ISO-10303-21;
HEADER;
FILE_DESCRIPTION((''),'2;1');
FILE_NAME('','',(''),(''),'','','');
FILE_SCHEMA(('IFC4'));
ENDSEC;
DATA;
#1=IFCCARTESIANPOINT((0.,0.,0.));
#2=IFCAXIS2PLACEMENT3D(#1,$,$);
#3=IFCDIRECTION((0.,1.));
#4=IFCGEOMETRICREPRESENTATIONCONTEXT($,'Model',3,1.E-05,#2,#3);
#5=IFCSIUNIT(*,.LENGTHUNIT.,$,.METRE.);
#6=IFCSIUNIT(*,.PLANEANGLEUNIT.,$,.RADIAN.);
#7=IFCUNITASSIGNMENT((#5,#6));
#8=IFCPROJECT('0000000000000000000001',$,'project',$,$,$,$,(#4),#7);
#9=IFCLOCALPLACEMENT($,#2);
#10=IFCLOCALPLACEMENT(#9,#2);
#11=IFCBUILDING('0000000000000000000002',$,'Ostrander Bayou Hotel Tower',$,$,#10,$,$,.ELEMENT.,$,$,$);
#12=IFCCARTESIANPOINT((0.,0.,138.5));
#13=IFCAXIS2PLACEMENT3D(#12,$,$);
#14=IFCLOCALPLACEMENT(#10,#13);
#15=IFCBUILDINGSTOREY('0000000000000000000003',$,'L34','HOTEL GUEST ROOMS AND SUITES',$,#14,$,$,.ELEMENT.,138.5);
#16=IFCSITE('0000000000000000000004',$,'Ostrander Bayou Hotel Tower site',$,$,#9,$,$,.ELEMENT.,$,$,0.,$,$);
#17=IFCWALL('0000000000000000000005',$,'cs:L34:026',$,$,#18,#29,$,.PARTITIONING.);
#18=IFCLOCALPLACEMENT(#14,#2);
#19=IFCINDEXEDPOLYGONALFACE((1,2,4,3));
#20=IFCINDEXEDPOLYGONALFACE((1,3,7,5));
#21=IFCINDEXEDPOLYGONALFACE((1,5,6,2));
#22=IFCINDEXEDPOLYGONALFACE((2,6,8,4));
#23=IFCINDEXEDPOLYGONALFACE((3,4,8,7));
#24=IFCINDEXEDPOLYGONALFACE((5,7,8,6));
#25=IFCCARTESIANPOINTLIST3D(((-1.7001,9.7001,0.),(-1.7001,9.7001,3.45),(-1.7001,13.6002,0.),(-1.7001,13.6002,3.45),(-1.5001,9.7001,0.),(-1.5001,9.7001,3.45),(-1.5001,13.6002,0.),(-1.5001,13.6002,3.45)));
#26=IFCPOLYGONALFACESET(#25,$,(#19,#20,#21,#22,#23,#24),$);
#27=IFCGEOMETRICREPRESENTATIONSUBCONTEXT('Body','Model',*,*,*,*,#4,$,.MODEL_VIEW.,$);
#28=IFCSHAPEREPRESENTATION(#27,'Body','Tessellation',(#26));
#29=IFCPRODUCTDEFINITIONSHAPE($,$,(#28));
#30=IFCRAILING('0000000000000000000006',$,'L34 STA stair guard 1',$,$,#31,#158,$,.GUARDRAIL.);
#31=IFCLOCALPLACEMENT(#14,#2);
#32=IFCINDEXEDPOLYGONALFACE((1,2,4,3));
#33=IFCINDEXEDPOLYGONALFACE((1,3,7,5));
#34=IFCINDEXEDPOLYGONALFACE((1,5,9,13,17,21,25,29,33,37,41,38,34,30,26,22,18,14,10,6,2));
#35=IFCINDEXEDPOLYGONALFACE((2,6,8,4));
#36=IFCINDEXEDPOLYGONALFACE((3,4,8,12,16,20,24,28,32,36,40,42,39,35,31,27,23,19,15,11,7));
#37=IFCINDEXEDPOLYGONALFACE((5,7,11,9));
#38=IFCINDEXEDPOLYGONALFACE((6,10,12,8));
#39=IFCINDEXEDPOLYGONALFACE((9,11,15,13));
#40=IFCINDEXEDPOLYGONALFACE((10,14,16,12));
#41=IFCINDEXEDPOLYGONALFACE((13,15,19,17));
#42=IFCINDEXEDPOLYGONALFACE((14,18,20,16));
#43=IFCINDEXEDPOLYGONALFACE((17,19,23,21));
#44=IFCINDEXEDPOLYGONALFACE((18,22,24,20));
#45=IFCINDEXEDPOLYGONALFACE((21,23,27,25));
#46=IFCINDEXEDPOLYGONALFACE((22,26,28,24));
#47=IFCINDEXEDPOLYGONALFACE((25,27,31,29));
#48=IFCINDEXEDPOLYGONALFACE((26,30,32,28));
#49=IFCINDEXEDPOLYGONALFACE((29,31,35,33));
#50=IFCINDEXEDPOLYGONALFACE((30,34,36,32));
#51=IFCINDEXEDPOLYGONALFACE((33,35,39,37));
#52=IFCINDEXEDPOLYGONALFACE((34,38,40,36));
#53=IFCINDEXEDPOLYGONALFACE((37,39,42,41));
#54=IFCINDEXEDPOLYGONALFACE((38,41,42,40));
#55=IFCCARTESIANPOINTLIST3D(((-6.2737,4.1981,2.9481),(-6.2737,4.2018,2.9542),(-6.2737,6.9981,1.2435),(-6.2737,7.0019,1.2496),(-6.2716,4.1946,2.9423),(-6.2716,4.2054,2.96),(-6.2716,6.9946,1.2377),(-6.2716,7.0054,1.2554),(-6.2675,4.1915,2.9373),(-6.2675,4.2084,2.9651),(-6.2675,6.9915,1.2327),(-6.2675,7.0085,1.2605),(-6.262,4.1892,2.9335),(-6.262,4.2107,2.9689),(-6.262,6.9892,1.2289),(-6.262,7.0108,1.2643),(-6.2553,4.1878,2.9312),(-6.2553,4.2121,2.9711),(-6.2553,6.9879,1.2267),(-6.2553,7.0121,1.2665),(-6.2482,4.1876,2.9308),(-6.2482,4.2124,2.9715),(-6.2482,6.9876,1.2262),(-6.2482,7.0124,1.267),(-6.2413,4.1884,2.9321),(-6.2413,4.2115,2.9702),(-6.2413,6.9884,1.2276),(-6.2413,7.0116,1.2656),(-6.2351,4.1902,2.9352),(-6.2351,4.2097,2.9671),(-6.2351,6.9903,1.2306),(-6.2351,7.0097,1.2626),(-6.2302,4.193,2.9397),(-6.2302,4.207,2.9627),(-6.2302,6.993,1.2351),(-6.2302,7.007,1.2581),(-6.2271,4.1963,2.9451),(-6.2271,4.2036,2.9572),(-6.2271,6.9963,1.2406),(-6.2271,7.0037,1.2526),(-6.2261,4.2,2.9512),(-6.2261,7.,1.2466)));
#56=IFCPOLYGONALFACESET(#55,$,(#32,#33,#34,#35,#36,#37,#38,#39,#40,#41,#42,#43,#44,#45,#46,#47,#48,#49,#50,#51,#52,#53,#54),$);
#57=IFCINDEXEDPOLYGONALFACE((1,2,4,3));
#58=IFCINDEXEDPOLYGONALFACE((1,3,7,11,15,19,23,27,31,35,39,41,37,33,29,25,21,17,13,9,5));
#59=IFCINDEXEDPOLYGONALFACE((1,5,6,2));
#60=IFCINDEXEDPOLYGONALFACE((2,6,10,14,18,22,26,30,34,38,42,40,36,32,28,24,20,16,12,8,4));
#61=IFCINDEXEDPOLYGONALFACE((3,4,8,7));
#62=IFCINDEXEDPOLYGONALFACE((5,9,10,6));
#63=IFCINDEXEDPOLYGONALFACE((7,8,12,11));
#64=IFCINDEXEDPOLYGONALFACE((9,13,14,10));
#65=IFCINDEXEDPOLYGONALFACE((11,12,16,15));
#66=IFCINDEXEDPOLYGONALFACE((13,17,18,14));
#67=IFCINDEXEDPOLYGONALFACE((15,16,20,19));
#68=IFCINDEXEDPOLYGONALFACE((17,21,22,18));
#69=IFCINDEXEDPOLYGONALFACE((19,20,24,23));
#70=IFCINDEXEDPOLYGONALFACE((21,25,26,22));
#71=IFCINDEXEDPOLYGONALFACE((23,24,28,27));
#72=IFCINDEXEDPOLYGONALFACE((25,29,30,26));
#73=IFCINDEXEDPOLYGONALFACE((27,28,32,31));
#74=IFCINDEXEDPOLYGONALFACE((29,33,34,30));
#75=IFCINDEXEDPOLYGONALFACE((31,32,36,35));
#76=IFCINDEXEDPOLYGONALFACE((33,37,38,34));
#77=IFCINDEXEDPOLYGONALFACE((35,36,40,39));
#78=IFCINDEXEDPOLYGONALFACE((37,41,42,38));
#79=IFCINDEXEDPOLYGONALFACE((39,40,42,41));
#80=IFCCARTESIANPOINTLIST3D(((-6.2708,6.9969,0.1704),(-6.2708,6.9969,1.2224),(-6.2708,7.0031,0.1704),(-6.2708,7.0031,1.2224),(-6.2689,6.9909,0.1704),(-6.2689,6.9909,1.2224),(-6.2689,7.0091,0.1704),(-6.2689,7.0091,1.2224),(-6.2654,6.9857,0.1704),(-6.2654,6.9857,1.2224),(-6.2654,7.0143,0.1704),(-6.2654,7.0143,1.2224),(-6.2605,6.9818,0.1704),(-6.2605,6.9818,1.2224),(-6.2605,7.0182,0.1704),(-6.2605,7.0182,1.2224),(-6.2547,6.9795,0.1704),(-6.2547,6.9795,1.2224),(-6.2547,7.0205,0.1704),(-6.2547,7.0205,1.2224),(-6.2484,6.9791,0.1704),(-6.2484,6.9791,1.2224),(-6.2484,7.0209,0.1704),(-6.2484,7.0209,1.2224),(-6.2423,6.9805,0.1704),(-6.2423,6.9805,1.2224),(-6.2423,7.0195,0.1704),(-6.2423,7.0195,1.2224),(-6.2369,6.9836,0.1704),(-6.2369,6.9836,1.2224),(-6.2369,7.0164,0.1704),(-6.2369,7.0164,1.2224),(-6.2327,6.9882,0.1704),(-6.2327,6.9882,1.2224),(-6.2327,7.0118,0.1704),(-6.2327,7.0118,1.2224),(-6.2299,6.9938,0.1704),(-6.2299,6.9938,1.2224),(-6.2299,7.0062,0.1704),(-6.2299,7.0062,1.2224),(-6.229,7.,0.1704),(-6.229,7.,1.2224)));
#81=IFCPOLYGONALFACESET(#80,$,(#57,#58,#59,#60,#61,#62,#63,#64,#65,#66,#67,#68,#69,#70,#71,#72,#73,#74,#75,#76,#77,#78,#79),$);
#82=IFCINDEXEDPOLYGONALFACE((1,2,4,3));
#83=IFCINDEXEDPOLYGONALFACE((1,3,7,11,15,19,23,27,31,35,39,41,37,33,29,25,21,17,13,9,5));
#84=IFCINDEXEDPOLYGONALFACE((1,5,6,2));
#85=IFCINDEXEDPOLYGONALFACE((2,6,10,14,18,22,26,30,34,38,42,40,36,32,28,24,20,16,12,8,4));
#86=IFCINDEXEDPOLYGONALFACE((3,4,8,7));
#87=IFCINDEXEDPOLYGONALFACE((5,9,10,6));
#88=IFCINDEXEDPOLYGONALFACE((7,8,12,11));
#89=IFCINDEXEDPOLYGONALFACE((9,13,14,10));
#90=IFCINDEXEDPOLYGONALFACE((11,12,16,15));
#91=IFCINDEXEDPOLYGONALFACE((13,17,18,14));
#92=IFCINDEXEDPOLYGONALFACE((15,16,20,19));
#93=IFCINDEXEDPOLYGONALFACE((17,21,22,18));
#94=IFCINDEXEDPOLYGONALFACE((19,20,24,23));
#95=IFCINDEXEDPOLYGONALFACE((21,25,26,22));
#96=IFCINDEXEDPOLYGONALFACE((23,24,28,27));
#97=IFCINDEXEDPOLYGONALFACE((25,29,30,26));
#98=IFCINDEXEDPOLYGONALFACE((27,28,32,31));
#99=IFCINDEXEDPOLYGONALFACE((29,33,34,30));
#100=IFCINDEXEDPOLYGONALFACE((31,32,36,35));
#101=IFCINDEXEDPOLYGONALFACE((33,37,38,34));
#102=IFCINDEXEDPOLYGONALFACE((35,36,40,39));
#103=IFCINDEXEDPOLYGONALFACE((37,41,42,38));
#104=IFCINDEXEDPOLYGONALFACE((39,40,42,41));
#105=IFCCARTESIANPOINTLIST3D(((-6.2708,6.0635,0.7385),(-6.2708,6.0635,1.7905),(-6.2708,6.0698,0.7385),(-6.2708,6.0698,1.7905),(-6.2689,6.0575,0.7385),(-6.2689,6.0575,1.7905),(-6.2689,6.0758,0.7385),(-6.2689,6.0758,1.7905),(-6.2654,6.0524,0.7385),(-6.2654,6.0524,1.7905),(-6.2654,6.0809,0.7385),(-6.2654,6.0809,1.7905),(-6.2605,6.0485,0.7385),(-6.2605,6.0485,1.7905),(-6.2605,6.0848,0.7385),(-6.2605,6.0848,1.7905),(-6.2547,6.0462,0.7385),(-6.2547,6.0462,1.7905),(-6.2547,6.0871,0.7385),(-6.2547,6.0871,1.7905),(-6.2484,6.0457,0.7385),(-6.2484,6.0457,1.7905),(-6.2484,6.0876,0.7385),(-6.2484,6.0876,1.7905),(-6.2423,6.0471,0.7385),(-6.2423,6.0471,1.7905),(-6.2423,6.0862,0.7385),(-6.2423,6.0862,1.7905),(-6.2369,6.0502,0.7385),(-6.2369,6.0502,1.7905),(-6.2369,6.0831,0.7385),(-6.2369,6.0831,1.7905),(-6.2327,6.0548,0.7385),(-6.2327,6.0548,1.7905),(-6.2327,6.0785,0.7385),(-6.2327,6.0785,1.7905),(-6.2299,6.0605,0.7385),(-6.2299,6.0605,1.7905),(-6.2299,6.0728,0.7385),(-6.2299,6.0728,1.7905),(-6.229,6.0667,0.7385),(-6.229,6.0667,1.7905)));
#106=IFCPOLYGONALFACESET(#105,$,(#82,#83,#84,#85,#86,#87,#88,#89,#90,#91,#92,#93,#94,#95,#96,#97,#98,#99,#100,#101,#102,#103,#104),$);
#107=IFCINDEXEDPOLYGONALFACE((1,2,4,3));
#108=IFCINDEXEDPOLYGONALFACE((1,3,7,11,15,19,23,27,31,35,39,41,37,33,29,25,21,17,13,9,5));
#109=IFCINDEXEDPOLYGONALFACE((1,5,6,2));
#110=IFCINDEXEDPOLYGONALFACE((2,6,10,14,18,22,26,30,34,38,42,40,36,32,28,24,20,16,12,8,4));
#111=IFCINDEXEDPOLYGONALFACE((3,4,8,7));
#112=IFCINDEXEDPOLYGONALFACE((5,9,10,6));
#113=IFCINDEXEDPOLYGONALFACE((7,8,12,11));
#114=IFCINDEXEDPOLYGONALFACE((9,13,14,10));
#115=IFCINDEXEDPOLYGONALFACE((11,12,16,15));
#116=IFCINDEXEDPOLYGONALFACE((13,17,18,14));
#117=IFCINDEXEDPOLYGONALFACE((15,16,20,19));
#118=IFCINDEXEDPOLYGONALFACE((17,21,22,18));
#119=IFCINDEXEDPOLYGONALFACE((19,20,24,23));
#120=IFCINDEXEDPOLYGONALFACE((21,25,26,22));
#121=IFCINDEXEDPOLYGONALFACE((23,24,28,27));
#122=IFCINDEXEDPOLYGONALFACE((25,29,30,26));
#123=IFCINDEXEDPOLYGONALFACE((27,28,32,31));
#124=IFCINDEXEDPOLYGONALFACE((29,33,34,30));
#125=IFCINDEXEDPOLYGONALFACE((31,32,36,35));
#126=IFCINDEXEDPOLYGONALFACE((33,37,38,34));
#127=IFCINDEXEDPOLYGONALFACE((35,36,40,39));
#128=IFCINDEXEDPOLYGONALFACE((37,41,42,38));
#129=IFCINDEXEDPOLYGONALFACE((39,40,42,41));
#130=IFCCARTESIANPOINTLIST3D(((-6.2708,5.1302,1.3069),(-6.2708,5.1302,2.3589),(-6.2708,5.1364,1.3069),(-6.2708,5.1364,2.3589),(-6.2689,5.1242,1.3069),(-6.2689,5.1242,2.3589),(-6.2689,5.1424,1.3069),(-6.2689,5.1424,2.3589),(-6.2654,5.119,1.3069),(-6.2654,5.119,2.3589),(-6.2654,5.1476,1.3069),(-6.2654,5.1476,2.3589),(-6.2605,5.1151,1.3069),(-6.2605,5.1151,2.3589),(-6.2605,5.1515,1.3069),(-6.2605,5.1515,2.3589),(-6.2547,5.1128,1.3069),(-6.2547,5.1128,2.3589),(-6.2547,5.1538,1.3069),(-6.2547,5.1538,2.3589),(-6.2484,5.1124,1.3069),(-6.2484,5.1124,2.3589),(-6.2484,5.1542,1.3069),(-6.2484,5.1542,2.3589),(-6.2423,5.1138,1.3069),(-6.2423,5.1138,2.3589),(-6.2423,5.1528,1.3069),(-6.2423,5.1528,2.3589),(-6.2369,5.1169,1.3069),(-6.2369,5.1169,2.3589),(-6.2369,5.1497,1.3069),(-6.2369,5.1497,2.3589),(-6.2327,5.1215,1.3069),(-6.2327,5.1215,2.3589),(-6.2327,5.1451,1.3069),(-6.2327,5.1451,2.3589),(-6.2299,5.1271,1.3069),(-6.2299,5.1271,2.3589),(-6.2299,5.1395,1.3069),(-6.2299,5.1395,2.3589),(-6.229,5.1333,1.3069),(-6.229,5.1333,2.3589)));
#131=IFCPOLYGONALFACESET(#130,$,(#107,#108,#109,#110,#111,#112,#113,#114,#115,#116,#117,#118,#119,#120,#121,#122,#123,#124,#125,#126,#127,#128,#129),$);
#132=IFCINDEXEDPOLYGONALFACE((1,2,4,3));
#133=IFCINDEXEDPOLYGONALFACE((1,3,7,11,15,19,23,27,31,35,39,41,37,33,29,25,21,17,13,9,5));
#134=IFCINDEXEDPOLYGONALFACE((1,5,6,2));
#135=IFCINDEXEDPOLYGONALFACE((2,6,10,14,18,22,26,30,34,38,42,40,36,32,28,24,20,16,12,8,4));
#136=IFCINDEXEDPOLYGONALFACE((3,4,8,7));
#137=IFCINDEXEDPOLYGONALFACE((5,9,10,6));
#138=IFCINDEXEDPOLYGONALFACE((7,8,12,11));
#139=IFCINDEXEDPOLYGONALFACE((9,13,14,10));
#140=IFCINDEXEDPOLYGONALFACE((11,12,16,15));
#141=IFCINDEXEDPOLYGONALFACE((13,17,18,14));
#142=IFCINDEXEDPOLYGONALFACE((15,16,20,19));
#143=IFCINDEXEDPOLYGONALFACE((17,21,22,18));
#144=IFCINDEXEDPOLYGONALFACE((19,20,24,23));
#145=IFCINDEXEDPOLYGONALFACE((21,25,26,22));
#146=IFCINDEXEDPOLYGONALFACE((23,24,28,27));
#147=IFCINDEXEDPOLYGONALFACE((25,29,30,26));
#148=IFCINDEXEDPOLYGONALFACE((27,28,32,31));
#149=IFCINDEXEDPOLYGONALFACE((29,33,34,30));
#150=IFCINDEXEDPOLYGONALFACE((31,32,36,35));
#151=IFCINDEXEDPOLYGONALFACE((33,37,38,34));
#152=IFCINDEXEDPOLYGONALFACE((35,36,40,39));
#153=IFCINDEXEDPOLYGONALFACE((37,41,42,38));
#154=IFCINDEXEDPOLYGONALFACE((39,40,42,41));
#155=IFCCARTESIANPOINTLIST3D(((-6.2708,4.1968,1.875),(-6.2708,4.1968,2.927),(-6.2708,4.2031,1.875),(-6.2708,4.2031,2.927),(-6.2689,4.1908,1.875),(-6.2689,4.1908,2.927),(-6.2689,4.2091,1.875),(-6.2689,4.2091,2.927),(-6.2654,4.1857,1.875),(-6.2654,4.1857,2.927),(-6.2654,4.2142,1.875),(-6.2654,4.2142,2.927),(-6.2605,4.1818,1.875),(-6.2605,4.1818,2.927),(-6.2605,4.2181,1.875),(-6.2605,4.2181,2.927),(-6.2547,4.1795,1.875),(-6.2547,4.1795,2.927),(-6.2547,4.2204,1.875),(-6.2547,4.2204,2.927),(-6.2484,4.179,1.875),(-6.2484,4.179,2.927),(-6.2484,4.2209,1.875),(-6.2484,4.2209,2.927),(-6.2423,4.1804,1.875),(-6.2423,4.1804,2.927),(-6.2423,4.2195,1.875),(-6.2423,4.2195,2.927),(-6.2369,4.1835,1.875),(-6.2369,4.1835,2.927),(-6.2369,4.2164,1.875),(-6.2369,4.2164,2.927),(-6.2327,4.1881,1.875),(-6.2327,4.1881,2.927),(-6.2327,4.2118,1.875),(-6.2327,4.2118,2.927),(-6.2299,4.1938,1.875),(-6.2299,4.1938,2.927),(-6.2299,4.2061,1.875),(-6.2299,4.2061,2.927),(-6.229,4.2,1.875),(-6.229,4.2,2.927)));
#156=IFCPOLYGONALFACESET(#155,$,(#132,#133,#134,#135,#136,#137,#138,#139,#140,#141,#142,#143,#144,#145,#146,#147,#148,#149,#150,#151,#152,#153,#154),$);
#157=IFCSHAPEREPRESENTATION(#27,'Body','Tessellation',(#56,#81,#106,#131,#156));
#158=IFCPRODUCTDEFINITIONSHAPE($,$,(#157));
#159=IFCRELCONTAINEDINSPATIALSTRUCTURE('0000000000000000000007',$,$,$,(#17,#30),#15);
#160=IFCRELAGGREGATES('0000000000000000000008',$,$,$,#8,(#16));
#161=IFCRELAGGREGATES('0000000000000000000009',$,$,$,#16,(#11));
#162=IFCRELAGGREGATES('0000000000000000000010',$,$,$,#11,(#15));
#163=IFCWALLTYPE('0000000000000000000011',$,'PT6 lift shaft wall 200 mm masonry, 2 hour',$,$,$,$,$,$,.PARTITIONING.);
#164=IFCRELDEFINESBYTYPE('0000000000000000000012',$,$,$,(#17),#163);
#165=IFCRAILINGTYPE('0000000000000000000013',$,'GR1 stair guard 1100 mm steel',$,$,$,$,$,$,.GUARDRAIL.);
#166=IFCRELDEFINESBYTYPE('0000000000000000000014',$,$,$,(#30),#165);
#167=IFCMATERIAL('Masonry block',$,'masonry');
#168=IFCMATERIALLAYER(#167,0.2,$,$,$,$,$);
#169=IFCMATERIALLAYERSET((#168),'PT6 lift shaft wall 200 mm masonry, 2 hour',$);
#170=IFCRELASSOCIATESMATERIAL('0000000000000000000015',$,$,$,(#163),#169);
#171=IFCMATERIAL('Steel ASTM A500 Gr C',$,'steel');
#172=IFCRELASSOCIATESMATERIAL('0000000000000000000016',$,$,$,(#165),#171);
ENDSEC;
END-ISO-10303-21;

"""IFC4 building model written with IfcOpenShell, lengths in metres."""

from ifc_helpers import new_model, si_unit, direction, frame, frame_2d, origin, origin_2d, place, context, subcontext, project, spatial, rectangle, circle, extrude, material, layer, layer_set, type_object, element, save


model = new_model("IFC4")

# Units and contexts
model_context = context("Model", 3, precision=1e-05, world=origin(), true_north=direction((0.0, 1.0)))
body_context = subcontext(model_context, "Body", "Model", "MODEL_VIEW")
ifc_project = project(units=[si_unit("LENGTHUNIT", "METRE"), si_unit("PLANEANGLEUNIT", "RADIAN")], contexts=[model_context])

# Site, building, storey
site_placement = place(None, origin())
site = spatial("IfcSite", under=ifc_project, at=site_placement, Name="Ostrander Bayou Hotel Tower site", CompositionType="ELEMENT", RefElevation=0.0)
building_placement = place(site_placement, origin())
building = spatial("IfcBuilding", under=site, at=building_placement, Name="Ostrander Bayou Hotel Tower", CompositionType="ELEMENT")
storey_placement = place(building_placement, frame((0.0, 0.0, 138.5)))
storey = spatial("IfcBuildingStorey", under=building, at=storey_placement, Name="L34", Description="HOTEL GUEST ROOMS AND SUITES", CompositionType="ELEMENT", Elevation=138.5)

# Wall
ifc_material_1 = material(Name="Masonry block", Category="masonry")
ifc_layer_1 = layer(ifc_material_1, 0.2)
ifc_layer_set_1 = layer_set([ifc_layer_1], Name="PT6 lift shaft wall 200 mm masonry, 2 hour")
wall_type_1 = type_object("IfcWallType", Name="PT6 lift shaft wall 200 mm masonry, 2 hour", PredefinedType="PARTITIONING", material=ifc_layer_set_1)
wall_1_placement = place(storey_placement, frame((-1.6001, 9.7, 0.0), z_axis=(0.0, 0.0, 1.0), x_axis=(0.0, 1.0, 0.0)))
element("IfcWall", 1, at=wall_1_placement, inside=storey, type_object=wall_type_1, Name="cs:L34:026", PredefinedType="PARTITIONING", context=body_context, shape_type="SweptSolid", body=[
    extrude(rectangle(XDim=3.9001, YDim=0.2, at=frame_2d((1.9502, 0.0))), origin(), (0.0, 0.0, 1.0), 3.45),
])

# Railing
ifc_material_2 = material(Name="Steel ASTM A500 Gr C", Category="steel")
railing_type = type_object("IfcRailingType", Name="GR1 stair guard 1100 mm steel", PredefinedType="GUARDRAIL", material=ifc_material_2)
railing_1_placement = place(storey_placement, frame((-6.25, 7.0, 0.1704)))
element("IfcRailing", 2, at=railing_1_placement, inside=storey, type_object=railing_type, Name="L34 STA stair guard 1", PredefinedType="GUARDRAIL", context=body_context, shape_type="SweptSolid", body=[
    extrude(circle(Radius=0.0239, at=origin_2d()), frame((0.0, 0.0, 1.0762), z_axis=(0.0, -0.85417, 0.519994), x_axis=(1.0, 0.0, 0.0)), (0.0, 0.0, 1.0), 3.2781),
    extrude(circle(Radius=0.021, at=origin_2d()), origin(), (0.0, 0.0, 1.0), 1.052),
    extrude(circle(Radius=0.021, at=origin_2d()), frame((0.0, -0.9333, 0.5681)), (0.0, 0.0, 1.0), 1.052),
    extrude(circle(Radius=0.021, at=origin_2d()), frame((0.0, -1.8667, 1.1365)), (0.0, 0.0, 1.0), 1.052),
    extrude(circle(Radius=0.021, at=origin_2d()), frame((0.0, -2.8, 1.7046)), (0.0, 0.0, 1.0), 1.052),
])

save(model, "model.ifc")
